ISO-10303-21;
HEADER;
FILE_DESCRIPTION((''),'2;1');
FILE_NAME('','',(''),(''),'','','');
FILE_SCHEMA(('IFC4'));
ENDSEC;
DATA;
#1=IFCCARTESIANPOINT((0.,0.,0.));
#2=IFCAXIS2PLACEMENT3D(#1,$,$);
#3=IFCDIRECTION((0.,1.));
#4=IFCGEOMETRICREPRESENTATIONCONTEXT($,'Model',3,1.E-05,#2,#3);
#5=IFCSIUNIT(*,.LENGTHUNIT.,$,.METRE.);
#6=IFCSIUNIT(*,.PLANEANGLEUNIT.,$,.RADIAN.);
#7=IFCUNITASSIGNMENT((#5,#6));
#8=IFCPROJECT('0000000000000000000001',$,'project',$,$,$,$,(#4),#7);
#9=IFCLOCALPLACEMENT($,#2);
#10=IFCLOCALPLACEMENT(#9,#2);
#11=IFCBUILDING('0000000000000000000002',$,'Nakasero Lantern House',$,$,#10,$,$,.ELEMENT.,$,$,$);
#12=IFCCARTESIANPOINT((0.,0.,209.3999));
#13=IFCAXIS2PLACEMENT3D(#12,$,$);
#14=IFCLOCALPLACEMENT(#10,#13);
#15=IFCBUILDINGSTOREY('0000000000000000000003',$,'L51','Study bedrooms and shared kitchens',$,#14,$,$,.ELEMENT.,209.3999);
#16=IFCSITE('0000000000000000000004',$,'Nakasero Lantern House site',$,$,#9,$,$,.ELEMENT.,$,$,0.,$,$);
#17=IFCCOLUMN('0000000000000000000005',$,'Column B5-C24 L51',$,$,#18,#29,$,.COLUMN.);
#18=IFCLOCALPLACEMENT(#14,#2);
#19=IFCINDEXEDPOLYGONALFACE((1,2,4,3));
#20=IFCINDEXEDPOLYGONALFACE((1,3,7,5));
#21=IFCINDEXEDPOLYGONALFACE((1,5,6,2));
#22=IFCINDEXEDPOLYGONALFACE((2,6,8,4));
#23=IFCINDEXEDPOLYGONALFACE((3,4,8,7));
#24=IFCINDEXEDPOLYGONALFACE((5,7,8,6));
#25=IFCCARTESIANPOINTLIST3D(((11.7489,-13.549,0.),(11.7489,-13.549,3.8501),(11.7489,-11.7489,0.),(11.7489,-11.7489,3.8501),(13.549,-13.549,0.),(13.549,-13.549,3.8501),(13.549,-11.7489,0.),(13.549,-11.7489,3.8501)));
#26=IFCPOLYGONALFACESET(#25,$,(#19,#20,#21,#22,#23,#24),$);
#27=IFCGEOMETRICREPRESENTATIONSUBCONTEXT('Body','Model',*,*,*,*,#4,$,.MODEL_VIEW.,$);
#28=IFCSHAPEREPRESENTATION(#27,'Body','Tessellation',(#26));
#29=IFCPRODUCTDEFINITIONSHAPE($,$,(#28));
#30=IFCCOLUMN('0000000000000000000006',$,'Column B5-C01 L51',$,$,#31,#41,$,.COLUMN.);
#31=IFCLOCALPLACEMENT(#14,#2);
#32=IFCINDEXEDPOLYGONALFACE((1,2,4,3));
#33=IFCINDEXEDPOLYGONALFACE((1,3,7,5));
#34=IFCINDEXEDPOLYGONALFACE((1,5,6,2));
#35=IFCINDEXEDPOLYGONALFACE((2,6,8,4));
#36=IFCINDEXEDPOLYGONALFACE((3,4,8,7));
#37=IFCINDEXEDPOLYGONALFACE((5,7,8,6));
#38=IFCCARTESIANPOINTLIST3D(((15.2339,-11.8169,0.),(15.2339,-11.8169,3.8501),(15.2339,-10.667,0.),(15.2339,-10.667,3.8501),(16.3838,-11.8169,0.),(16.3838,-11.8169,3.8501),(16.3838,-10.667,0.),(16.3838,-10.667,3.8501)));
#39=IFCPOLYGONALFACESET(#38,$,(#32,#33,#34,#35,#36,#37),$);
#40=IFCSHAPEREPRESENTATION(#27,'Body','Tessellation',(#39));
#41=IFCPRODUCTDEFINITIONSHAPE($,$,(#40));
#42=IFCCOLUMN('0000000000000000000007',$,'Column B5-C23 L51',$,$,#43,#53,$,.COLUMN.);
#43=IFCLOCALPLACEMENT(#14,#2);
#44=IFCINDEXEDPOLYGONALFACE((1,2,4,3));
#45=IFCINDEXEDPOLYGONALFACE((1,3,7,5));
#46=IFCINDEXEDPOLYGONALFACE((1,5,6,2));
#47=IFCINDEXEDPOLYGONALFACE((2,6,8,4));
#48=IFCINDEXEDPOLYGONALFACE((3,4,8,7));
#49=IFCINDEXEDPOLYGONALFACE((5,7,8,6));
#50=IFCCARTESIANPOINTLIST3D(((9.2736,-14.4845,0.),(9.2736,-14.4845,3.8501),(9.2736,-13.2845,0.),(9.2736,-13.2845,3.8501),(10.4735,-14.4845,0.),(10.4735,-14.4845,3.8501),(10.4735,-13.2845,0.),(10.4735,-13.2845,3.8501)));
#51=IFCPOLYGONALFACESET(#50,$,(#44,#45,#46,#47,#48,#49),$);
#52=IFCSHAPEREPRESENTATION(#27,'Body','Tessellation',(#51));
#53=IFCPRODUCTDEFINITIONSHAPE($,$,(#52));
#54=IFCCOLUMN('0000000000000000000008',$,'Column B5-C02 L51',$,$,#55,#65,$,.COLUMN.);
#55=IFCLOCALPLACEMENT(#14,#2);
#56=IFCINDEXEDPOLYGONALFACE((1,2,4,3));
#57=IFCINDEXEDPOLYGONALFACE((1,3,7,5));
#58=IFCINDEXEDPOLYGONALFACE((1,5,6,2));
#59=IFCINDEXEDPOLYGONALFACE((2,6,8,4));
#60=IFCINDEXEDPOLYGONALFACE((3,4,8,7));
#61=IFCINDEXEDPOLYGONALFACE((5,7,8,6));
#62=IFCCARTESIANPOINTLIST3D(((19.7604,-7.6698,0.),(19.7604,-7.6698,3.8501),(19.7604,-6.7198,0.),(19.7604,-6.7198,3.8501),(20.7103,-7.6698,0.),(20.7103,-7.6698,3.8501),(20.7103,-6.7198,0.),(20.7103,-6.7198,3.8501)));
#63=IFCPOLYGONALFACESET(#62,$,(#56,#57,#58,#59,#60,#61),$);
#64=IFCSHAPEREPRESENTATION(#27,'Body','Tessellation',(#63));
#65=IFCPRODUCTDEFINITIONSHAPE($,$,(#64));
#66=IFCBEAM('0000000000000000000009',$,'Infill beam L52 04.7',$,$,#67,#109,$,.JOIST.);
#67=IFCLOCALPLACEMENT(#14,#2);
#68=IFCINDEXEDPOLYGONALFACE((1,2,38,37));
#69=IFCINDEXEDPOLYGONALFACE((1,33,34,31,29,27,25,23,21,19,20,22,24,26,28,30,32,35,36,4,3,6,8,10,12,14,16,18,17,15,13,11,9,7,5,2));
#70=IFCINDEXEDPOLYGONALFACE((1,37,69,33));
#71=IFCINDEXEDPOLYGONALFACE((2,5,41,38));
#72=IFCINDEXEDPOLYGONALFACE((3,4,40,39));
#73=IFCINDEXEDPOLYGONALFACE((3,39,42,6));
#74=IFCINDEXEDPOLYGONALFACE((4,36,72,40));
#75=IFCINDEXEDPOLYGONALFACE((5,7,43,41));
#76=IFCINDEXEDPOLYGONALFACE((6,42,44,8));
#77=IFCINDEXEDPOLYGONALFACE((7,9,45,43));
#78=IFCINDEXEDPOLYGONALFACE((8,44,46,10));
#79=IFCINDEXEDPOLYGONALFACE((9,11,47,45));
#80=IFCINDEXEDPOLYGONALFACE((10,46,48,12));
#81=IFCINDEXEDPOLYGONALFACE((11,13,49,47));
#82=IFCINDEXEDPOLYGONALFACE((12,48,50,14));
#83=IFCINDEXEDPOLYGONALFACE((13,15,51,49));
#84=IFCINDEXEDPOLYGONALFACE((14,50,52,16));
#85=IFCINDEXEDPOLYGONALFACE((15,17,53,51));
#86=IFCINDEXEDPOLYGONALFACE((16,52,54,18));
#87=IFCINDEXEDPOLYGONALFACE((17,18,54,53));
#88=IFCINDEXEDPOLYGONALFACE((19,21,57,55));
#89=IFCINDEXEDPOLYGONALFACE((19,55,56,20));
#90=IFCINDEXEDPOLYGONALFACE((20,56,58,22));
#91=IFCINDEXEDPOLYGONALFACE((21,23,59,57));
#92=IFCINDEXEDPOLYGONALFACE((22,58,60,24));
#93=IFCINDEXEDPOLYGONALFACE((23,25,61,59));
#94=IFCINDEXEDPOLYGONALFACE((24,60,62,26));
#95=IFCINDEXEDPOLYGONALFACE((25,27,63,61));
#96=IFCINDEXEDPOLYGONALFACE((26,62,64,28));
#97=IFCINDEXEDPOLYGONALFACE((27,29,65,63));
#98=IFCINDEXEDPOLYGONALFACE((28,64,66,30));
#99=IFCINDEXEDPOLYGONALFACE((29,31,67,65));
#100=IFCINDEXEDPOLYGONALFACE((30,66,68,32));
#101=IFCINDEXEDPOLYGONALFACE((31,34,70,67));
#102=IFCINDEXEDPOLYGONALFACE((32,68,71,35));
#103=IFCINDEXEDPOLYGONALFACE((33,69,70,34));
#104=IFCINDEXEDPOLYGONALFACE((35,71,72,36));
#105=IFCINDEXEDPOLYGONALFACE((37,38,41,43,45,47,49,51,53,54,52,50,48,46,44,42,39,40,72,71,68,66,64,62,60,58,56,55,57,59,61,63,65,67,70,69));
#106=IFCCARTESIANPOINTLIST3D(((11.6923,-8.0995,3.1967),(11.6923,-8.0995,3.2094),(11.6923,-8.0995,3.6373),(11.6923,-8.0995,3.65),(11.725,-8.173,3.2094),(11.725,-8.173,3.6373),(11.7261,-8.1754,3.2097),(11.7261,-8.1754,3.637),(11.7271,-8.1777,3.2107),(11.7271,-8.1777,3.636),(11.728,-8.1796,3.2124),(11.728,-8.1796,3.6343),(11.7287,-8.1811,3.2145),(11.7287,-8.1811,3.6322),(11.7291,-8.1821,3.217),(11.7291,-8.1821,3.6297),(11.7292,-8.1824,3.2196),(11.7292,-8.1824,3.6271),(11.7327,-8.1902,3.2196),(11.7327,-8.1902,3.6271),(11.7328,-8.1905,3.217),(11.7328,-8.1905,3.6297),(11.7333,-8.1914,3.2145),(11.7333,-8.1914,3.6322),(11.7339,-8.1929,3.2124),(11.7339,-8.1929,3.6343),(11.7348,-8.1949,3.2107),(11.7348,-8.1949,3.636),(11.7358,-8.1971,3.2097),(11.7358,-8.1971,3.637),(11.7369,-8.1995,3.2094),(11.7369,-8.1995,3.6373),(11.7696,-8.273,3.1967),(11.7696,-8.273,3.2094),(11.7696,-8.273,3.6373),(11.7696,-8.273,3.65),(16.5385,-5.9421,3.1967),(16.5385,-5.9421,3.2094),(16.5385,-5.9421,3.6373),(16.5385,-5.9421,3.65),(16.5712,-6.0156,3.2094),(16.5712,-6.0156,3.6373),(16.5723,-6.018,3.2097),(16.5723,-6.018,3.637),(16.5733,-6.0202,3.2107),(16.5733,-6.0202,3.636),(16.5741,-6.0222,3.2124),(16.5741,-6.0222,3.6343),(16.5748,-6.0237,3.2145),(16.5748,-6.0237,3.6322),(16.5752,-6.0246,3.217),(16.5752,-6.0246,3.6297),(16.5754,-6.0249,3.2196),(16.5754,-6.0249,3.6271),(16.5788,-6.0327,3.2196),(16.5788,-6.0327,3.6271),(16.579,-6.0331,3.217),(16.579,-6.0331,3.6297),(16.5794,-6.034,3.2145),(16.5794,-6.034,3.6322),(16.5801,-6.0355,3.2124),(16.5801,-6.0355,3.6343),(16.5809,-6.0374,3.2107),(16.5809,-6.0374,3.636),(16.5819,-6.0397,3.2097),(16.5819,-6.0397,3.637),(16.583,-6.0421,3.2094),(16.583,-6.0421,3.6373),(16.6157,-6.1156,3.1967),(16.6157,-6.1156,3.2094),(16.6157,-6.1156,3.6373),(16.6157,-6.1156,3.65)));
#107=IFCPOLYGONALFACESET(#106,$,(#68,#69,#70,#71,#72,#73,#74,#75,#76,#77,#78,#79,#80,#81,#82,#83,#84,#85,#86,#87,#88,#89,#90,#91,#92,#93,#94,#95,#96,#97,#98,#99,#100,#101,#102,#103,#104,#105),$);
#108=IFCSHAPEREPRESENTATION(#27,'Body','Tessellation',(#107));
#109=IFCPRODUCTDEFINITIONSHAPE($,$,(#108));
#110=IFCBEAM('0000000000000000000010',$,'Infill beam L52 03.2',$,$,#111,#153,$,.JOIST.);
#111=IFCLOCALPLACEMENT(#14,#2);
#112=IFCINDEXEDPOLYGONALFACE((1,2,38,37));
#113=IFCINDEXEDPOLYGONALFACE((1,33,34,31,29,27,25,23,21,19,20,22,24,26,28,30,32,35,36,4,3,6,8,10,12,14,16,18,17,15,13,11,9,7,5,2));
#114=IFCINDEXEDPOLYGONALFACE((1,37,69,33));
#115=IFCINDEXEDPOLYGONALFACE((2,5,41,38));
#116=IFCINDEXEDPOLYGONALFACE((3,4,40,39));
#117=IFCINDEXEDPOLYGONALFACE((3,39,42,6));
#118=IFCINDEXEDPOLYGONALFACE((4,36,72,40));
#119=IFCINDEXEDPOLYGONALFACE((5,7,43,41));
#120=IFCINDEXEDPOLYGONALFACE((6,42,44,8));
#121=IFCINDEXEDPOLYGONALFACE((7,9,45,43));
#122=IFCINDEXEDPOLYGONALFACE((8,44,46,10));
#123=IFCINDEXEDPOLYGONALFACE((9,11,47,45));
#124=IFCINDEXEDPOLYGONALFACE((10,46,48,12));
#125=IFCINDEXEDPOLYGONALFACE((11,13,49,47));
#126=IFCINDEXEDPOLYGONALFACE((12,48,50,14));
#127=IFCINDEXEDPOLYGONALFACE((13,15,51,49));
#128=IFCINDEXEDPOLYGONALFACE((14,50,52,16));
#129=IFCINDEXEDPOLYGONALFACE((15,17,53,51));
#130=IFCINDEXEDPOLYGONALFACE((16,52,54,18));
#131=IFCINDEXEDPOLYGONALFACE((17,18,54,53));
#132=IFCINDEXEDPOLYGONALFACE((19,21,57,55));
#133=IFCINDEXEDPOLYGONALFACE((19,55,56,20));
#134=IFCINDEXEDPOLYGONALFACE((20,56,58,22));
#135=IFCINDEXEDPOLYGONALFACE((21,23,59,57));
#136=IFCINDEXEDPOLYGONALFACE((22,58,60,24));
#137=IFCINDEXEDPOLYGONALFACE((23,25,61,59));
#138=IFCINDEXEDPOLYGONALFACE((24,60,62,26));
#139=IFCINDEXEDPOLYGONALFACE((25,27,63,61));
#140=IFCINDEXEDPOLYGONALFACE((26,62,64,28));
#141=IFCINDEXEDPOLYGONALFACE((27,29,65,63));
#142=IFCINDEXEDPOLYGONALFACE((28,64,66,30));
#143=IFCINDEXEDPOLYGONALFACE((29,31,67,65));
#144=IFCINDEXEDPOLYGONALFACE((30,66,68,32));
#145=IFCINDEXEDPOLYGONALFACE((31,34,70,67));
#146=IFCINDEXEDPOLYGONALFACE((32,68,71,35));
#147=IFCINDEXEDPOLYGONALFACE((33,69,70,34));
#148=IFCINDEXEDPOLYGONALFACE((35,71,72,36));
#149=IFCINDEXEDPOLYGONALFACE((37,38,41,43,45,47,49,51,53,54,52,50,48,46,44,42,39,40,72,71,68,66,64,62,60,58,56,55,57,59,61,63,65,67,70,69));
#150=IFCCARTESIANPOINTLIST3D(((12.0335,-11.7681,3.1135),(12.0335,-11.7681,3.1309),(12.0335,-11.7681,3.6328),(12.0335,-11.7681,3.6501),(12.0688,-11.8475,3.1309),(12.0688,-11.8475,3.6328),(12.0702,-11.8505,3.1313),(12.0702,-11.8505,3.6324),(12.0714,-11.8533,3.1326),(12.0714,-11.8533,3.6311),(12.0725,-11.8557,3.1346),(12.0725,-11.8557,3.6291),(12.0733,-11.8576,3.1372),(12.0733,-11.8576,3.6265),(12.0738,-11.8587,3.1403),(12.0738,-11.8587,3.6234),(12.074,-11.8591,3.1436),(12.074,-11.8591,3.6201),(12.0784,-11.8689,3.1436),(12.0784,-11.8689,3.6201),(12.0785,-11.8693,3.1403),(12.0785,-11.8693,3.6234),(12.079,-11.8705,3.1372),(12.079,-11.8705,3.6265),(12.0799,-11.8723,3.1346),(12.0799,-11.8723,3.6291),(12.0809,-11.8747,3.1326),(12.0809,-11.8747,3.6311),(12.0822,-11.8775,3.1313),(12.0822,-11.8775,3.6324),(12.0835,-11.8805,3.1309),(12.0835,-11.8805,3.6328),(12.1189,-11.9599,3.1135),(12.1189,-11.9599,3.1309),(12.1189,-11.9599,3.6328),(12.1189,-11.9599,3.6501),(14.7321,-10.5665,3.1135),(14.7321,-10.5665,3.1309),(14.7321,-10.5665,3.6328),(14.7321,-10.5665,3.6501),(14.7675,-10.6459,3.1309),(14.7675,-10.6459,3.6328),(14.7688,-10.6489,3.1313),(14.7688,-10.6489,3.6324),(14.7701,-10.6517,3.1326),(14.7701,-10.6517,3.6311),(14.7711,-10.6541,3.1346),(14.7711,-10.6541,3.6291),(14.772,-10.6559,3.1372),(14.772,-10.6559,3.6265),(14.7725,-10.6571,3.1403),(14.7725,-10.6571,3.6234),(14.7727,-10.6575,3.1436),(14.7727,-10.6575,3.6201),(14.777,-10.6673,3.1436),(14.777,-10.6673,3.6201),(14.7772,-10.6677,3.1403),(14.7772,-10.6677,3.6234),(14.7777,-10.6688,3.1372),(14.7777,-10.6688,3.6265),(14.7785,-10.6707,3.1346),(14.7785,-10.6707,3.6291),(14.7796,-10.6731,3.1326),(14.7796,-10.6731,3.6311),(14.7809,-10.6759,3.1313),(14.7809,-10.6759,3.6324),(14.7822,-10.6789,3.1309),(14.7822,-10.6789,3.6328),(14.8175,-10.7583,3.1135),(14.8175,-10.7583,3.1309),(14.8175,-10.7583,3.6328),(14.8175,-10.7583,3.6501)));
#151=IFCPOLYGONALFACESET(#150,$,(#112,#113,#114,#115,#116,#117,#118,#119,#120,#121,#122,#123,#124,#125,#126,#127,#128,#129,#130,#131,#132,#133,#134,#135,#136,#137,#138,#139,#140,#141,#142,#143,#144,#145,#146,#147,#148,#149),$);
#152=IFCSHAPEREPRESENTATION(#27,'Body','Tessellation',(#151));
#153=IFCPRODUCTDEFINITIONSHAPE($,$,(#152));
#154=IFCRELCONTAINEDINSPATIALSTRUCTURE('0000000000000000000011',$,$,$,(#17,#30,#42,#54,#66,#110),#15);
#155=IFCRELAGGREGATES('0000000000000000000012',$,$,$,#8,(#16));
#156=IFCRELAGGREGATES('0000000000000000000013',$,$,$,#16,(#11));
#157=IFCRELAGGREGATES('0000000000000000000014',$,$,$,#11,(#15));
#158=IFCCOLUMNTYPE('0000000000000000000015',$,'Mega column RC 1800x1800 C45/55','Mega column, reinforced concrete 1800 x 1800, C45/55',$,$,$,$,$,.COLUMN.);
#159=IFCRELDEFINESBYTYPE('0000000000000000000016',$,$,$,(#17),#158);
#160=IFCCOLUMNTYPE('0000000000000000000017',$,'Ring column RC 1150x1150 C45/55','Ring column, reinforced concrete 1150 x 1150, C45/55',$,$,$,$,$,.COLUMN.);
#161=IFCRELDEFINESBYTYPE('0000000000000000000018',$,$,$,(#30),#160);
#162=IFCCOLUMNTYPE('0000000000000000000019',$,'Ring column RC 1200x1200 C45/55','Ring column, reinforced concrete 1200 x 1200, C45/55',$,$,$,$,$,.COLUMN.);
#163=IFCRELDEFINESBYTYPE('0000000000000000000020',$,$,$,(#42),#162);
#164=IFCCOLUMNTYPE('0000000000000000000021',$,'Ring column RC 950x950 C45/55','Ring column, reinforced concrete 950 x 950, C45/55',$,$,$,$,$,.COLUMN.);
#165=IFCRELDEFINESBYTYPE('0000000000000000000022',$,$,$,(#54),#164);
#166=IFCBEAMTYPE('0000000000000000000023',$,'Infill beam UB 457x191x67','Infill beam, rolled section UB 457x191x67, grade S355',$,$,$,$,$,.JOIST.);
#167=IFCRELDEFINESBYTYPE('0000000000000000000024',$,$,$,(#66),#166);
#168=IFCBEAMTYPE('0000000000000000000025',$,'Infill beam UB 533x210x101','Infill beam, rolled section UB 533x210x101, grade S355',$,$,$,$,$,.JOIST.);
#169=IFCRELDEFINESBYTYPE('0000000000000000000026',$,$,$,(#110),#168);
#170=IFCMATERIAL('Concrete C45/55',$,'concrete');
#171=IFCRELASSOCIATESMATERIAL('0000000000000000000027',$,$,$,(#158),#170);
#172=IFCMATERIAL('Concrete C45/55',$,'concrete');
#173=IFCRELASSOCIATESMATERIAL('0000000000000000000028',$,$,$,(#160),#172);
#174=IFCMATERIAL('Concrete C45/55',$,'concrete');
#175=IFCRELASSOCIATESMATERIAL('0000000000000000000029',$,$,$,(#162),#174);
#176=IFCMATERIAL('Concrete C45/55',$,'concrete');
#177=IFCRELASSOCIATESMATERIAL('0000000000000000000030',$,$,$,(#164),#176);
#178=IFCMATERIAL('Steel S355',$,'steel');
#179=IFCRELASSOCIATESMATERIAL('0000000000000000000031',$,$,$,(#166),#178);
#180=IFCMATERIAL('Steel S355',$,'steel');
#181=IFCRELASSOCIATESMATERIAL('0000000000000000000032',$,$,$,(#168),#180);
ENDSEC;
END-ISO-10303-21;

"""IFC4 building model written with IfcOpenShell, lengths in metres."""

from ifc_helpers import new_model, si_unit, direction, frame, origin, origin_2d, place, context, subcontext, project, spatial, rectangle, i_section, extrude, material, material_profile, profile_set, type_object, element, save


model = new_model("IFC4")

# Units and contexts
model_context = context("Model", 3, precision=1e-05, world=origin(), true_north=direction((0.0, 1.0)))
body_context = subcontext(model_context, "Body", "Model", "MODEL_VIEW")
ifc_project = project(units=[si_unit("LENGTHUNIT", "METRE"), si_unit("PLANEANGLEUNIT", "RADIAN")], contexts=[model_context])

# Site, building, storey
site_placement = place(None, origin())
site = spatial("IfcSite", under=ifc_project, at=site_placement, Name="Nakasero Lantern House site", CompositionType="ELEMENT", RefElevation=0.0)
building_placement = place(site_placement, origin())
building = spatial("IfcBuilding", under=site, at=building_placement, Name="Nakasero Lantern House", CompositionType="ELEMENT")
storey_placement = place(building_placement, frame((0.0, 0.0, 209.3999)))
storey = spatial("IfcBuildingStorey", under=building, at=storey_placement, Name="L51", Description="Study bedrooms and shared kitchens", CompositionType="ELEMENT", Elevation=209.3999)

# Columns
ifc_material_1 = material(Name="Concrete C45/55", Category="concrete")
ifc_material_profile_1 = material_profile(ifc_material_1, rectangle(XDim=1.8, YDim=1.8, at=origin_2d()), Name="RC 1800x1800")
ifc_profile_set_1 = profile_set([ifc_material_profile_1], Name="Concrete C45/55")
column_type_1 = type_object("IfcColumnType", Name="Mega column RC 1800x1800 C45/55", Description="Mega column, reinforced concrete 1800 x 1800, C45/55", PredefinedType="COLUMN", material=ifc_profile_set_1)
column_1_placement = place(storey_placement, frame((12.6489, -12.6489, 0.0), z_axis=(0.0, 0.0, 1.0), x_axis=(1.0, 0.0, 0.0)))
element("IfcColumn", 1, at=column_1_placement, inside=storey, type_object=column_type_1, Name="Column B5-C24 L51", PredefinedType="COLUMN", context=body_context, shape_type="SweptSolid", body=[
    extrude(rectangle(XDim=1.8, YDim=1.8, at=origin_2d()), origin(), (0.0, 0.0, 1.0), 3.8501),
])
ifc_material_2 = material(Name="Concrete C45/55", Category="concrete")
ifc_material_profile_2 = material_profile(ifc_material_2, rectangle(XDim=1.1499, YDim=1.1499, at=origin_2d()), Name="RC 1150x1150")
ifc_profile_set_2 = profile_set([ifc_material_profile_2], Name="Concrete C45/55")
column_type_2 = type_object("IfcColumnType", Name="Ring column RC 1150x1150 C45/55", Description="Ring column, reinforced concrete 1150 x 1150, C45/55", PredefinedType="COLUMN", material=ifc_profile_set_2)
column_2_placement = place(storey_placement, frame((15.8088, -11.2419, 0.0), z_axis=(0.0, 0.0, 1.0), x_axis=(1.0, 0.0, 0.0)))
element("IfcColumn", 2, at=column_2_placement, inside=storey, type_object=column_type_2, Name="Column B5-C01 L51", PredefinedType="COLUMN", context=body_context, shape_type="SweptSolid", body=[
    extrude(rectangle(XDim=1.1499, YDim=1.1499, at=origin_2d()), origin(), (0.0, 0.0, 1.0), 3.8501),
])
ifc_material_3 = material(Name="Concrete C45/55", Category="concrete")
ifc_material_profile_3 = material_profile(ifc_material_3, rectangle(XDim=1.2, YDim=1.2, at=origin_2d()), Name="RC 1200x1200")
ifc_profile_set_3 = profile_set([ifc_material_profile_3], Name="Concrete C45/55")
column_type_3 = type_object("IfcColumnType", Name="Ring column RC 1200x1200 C45/55", Description="Ring column, reinforced concrete 1200 x 1200, C45/55", PredefinedType="COLUMN", material=ifc_profile_set_3)
column_3_placement = place(storey_placement, frame((9.8735, -13.8845, 0.0), z_axis=(0.0, 0.0, 1.0), x_axis=(1.0, 0.0, 0.0)))
element("IfcColumn", 3, at=column_3_placement, inside=storey, type_object=column_type_3, Name="Column B5-C23 L51", PredefinedType="COLUMN", context=body_context, shape_type="SweptSolid", body=[
    extrude(rectangle(XDim=1.2, YDim=1.2, at=origin_2d()), origin(), (0.0, 0.0, 1.0), 3.8501),
])
ifc_material_4 = material(Name="Concrete C45/55", Category="concrete")
ifc_material_profile_4 = material_profile(ifc_material_4, rectangle(XDim=0.95, YDim=0.95, at=origin_2d()), Name="RC 950x950")
ifc_profile_set_4 = profile_set([ifc_material_profile_4], Name="Concrete C45/55")
column_type_4 = type_object("IfcColumnType", Name="Ring column RC 950x950 C45/55", Description="Ring column, reinforced concrete 950 x 950, C45/55", PredefinedType="COLUMN", material=ifc_profile_set_4)
column_4_placement = place(storey_placement, frame((20.2354, -7.1948, 0.0), z_axis=(0.0, 0.0, 1.0), x_axis=(1.0, 0.0, 0.0)))
element("IfcColumn", 4, at=column_4_placement, inside=storey, type_object=column_type_4, Name="Column B5-C02 L51", PredefinedType="COLUMN", context=body_context, shape_type="SweptSolid", body=[
    extrude(rectangle(XDim=0.95, YDim=0.95, at=origin_2d()), origin(), (0.0, 0.0, 1.0), 3.8501),
])

# Beams
ifc_material_5 = material(Name="Steel S355", Category="steel")
ifc_material_profile_5 = material_profile(ifc_material_5, i_section(OverallWidth=0.1899, OverallDepth=0.4534, WebThickness=0.0085, FlangeThickness=0.0127, FilletRadius=0.0103, at=origin_2d()), Name="UB 457x191x67")
ifc_profile_set_5 = profile_set([ifc_material_profile_5], Name="Steel S355")
beam_type_1 = type_object("IfcBeamType", Name="Infill beam UB 457x191x67", Description="Infill beam, rolled section UB 457x191x67, grade S355", PredefinedType="JOIST", material=ifc_profile_set_5)
beam_1_placement = place(storey_placement, frame((11.731, -8.1863, 3.4233), z_axis=(0.913559, 0.406706, 0.0), x_axis=(-0.406706, 0.913559, 0.0)))
element("IfcBeam", 5, at=beam_1_placement, inside=storey, type_object=beam_type_1, Name="Infill beam L52 04.7", PredefinedType="JOIST", context=body_context, shape_type="SweptSolid", body=[
    extrude(i_section(OverallWidth=0.1899, OverallDepth=0.4534, WebThickness=0.0085, FlangeThickness=0.0127, FilletRadius=0.0103, at=origin_2d()), origin(), (0.0, 0.0, 1.0), 5.3047),
])
ifc_material_6 = material(Name="Steel S355", Category="steel")
ifc_material_profile_6 = material_profile(ifc_material_6, i_section(OverallWidth=0.21, OverallDepth=0.5366, WebThickness=0.0107, FlangeThickness=0.0173, FilletRadius=0.0127, at=origin_2d()), Name="UB 533x210x101")
ifc_profile_set_6 = profile_set([ifc_material_profile_6], Name="Steel S355")
beam_type_2 = type_object("IfcBeamType", Name="Infill beam UB 533x210x101", Description="Infill beam, rolled section UB 533x210x101, grade S355", PredefinedType="JOIST", material=ifc_profile_set_6)
beam_2_placement = place(storey_placement, frame((12.0762, -11.864, 3.3818), z_axis=(0.913532, 0.406767, 0.0), x_axis=(-0.406767, 0.913532, 0.0)))
element("IfcBeam", 6, at=beam_2_placement, inside=storey, type_object=beam_type_2, Name="Infill beam L52 03.2", PredefinedType="JOIST", context=body_context, shape_type="SweptSolid", body=[
    extrude(i_section(OverallWidth=0.21, OverallDepth=0.5366, WebThickness=0.0107, FlangeThickness=0.0173, FilletRadius=0.0127, at=origin_2d()), origin(), (0.0, 0.0, 1.0), 2.9541),
])

save(model, "model.ifc")
